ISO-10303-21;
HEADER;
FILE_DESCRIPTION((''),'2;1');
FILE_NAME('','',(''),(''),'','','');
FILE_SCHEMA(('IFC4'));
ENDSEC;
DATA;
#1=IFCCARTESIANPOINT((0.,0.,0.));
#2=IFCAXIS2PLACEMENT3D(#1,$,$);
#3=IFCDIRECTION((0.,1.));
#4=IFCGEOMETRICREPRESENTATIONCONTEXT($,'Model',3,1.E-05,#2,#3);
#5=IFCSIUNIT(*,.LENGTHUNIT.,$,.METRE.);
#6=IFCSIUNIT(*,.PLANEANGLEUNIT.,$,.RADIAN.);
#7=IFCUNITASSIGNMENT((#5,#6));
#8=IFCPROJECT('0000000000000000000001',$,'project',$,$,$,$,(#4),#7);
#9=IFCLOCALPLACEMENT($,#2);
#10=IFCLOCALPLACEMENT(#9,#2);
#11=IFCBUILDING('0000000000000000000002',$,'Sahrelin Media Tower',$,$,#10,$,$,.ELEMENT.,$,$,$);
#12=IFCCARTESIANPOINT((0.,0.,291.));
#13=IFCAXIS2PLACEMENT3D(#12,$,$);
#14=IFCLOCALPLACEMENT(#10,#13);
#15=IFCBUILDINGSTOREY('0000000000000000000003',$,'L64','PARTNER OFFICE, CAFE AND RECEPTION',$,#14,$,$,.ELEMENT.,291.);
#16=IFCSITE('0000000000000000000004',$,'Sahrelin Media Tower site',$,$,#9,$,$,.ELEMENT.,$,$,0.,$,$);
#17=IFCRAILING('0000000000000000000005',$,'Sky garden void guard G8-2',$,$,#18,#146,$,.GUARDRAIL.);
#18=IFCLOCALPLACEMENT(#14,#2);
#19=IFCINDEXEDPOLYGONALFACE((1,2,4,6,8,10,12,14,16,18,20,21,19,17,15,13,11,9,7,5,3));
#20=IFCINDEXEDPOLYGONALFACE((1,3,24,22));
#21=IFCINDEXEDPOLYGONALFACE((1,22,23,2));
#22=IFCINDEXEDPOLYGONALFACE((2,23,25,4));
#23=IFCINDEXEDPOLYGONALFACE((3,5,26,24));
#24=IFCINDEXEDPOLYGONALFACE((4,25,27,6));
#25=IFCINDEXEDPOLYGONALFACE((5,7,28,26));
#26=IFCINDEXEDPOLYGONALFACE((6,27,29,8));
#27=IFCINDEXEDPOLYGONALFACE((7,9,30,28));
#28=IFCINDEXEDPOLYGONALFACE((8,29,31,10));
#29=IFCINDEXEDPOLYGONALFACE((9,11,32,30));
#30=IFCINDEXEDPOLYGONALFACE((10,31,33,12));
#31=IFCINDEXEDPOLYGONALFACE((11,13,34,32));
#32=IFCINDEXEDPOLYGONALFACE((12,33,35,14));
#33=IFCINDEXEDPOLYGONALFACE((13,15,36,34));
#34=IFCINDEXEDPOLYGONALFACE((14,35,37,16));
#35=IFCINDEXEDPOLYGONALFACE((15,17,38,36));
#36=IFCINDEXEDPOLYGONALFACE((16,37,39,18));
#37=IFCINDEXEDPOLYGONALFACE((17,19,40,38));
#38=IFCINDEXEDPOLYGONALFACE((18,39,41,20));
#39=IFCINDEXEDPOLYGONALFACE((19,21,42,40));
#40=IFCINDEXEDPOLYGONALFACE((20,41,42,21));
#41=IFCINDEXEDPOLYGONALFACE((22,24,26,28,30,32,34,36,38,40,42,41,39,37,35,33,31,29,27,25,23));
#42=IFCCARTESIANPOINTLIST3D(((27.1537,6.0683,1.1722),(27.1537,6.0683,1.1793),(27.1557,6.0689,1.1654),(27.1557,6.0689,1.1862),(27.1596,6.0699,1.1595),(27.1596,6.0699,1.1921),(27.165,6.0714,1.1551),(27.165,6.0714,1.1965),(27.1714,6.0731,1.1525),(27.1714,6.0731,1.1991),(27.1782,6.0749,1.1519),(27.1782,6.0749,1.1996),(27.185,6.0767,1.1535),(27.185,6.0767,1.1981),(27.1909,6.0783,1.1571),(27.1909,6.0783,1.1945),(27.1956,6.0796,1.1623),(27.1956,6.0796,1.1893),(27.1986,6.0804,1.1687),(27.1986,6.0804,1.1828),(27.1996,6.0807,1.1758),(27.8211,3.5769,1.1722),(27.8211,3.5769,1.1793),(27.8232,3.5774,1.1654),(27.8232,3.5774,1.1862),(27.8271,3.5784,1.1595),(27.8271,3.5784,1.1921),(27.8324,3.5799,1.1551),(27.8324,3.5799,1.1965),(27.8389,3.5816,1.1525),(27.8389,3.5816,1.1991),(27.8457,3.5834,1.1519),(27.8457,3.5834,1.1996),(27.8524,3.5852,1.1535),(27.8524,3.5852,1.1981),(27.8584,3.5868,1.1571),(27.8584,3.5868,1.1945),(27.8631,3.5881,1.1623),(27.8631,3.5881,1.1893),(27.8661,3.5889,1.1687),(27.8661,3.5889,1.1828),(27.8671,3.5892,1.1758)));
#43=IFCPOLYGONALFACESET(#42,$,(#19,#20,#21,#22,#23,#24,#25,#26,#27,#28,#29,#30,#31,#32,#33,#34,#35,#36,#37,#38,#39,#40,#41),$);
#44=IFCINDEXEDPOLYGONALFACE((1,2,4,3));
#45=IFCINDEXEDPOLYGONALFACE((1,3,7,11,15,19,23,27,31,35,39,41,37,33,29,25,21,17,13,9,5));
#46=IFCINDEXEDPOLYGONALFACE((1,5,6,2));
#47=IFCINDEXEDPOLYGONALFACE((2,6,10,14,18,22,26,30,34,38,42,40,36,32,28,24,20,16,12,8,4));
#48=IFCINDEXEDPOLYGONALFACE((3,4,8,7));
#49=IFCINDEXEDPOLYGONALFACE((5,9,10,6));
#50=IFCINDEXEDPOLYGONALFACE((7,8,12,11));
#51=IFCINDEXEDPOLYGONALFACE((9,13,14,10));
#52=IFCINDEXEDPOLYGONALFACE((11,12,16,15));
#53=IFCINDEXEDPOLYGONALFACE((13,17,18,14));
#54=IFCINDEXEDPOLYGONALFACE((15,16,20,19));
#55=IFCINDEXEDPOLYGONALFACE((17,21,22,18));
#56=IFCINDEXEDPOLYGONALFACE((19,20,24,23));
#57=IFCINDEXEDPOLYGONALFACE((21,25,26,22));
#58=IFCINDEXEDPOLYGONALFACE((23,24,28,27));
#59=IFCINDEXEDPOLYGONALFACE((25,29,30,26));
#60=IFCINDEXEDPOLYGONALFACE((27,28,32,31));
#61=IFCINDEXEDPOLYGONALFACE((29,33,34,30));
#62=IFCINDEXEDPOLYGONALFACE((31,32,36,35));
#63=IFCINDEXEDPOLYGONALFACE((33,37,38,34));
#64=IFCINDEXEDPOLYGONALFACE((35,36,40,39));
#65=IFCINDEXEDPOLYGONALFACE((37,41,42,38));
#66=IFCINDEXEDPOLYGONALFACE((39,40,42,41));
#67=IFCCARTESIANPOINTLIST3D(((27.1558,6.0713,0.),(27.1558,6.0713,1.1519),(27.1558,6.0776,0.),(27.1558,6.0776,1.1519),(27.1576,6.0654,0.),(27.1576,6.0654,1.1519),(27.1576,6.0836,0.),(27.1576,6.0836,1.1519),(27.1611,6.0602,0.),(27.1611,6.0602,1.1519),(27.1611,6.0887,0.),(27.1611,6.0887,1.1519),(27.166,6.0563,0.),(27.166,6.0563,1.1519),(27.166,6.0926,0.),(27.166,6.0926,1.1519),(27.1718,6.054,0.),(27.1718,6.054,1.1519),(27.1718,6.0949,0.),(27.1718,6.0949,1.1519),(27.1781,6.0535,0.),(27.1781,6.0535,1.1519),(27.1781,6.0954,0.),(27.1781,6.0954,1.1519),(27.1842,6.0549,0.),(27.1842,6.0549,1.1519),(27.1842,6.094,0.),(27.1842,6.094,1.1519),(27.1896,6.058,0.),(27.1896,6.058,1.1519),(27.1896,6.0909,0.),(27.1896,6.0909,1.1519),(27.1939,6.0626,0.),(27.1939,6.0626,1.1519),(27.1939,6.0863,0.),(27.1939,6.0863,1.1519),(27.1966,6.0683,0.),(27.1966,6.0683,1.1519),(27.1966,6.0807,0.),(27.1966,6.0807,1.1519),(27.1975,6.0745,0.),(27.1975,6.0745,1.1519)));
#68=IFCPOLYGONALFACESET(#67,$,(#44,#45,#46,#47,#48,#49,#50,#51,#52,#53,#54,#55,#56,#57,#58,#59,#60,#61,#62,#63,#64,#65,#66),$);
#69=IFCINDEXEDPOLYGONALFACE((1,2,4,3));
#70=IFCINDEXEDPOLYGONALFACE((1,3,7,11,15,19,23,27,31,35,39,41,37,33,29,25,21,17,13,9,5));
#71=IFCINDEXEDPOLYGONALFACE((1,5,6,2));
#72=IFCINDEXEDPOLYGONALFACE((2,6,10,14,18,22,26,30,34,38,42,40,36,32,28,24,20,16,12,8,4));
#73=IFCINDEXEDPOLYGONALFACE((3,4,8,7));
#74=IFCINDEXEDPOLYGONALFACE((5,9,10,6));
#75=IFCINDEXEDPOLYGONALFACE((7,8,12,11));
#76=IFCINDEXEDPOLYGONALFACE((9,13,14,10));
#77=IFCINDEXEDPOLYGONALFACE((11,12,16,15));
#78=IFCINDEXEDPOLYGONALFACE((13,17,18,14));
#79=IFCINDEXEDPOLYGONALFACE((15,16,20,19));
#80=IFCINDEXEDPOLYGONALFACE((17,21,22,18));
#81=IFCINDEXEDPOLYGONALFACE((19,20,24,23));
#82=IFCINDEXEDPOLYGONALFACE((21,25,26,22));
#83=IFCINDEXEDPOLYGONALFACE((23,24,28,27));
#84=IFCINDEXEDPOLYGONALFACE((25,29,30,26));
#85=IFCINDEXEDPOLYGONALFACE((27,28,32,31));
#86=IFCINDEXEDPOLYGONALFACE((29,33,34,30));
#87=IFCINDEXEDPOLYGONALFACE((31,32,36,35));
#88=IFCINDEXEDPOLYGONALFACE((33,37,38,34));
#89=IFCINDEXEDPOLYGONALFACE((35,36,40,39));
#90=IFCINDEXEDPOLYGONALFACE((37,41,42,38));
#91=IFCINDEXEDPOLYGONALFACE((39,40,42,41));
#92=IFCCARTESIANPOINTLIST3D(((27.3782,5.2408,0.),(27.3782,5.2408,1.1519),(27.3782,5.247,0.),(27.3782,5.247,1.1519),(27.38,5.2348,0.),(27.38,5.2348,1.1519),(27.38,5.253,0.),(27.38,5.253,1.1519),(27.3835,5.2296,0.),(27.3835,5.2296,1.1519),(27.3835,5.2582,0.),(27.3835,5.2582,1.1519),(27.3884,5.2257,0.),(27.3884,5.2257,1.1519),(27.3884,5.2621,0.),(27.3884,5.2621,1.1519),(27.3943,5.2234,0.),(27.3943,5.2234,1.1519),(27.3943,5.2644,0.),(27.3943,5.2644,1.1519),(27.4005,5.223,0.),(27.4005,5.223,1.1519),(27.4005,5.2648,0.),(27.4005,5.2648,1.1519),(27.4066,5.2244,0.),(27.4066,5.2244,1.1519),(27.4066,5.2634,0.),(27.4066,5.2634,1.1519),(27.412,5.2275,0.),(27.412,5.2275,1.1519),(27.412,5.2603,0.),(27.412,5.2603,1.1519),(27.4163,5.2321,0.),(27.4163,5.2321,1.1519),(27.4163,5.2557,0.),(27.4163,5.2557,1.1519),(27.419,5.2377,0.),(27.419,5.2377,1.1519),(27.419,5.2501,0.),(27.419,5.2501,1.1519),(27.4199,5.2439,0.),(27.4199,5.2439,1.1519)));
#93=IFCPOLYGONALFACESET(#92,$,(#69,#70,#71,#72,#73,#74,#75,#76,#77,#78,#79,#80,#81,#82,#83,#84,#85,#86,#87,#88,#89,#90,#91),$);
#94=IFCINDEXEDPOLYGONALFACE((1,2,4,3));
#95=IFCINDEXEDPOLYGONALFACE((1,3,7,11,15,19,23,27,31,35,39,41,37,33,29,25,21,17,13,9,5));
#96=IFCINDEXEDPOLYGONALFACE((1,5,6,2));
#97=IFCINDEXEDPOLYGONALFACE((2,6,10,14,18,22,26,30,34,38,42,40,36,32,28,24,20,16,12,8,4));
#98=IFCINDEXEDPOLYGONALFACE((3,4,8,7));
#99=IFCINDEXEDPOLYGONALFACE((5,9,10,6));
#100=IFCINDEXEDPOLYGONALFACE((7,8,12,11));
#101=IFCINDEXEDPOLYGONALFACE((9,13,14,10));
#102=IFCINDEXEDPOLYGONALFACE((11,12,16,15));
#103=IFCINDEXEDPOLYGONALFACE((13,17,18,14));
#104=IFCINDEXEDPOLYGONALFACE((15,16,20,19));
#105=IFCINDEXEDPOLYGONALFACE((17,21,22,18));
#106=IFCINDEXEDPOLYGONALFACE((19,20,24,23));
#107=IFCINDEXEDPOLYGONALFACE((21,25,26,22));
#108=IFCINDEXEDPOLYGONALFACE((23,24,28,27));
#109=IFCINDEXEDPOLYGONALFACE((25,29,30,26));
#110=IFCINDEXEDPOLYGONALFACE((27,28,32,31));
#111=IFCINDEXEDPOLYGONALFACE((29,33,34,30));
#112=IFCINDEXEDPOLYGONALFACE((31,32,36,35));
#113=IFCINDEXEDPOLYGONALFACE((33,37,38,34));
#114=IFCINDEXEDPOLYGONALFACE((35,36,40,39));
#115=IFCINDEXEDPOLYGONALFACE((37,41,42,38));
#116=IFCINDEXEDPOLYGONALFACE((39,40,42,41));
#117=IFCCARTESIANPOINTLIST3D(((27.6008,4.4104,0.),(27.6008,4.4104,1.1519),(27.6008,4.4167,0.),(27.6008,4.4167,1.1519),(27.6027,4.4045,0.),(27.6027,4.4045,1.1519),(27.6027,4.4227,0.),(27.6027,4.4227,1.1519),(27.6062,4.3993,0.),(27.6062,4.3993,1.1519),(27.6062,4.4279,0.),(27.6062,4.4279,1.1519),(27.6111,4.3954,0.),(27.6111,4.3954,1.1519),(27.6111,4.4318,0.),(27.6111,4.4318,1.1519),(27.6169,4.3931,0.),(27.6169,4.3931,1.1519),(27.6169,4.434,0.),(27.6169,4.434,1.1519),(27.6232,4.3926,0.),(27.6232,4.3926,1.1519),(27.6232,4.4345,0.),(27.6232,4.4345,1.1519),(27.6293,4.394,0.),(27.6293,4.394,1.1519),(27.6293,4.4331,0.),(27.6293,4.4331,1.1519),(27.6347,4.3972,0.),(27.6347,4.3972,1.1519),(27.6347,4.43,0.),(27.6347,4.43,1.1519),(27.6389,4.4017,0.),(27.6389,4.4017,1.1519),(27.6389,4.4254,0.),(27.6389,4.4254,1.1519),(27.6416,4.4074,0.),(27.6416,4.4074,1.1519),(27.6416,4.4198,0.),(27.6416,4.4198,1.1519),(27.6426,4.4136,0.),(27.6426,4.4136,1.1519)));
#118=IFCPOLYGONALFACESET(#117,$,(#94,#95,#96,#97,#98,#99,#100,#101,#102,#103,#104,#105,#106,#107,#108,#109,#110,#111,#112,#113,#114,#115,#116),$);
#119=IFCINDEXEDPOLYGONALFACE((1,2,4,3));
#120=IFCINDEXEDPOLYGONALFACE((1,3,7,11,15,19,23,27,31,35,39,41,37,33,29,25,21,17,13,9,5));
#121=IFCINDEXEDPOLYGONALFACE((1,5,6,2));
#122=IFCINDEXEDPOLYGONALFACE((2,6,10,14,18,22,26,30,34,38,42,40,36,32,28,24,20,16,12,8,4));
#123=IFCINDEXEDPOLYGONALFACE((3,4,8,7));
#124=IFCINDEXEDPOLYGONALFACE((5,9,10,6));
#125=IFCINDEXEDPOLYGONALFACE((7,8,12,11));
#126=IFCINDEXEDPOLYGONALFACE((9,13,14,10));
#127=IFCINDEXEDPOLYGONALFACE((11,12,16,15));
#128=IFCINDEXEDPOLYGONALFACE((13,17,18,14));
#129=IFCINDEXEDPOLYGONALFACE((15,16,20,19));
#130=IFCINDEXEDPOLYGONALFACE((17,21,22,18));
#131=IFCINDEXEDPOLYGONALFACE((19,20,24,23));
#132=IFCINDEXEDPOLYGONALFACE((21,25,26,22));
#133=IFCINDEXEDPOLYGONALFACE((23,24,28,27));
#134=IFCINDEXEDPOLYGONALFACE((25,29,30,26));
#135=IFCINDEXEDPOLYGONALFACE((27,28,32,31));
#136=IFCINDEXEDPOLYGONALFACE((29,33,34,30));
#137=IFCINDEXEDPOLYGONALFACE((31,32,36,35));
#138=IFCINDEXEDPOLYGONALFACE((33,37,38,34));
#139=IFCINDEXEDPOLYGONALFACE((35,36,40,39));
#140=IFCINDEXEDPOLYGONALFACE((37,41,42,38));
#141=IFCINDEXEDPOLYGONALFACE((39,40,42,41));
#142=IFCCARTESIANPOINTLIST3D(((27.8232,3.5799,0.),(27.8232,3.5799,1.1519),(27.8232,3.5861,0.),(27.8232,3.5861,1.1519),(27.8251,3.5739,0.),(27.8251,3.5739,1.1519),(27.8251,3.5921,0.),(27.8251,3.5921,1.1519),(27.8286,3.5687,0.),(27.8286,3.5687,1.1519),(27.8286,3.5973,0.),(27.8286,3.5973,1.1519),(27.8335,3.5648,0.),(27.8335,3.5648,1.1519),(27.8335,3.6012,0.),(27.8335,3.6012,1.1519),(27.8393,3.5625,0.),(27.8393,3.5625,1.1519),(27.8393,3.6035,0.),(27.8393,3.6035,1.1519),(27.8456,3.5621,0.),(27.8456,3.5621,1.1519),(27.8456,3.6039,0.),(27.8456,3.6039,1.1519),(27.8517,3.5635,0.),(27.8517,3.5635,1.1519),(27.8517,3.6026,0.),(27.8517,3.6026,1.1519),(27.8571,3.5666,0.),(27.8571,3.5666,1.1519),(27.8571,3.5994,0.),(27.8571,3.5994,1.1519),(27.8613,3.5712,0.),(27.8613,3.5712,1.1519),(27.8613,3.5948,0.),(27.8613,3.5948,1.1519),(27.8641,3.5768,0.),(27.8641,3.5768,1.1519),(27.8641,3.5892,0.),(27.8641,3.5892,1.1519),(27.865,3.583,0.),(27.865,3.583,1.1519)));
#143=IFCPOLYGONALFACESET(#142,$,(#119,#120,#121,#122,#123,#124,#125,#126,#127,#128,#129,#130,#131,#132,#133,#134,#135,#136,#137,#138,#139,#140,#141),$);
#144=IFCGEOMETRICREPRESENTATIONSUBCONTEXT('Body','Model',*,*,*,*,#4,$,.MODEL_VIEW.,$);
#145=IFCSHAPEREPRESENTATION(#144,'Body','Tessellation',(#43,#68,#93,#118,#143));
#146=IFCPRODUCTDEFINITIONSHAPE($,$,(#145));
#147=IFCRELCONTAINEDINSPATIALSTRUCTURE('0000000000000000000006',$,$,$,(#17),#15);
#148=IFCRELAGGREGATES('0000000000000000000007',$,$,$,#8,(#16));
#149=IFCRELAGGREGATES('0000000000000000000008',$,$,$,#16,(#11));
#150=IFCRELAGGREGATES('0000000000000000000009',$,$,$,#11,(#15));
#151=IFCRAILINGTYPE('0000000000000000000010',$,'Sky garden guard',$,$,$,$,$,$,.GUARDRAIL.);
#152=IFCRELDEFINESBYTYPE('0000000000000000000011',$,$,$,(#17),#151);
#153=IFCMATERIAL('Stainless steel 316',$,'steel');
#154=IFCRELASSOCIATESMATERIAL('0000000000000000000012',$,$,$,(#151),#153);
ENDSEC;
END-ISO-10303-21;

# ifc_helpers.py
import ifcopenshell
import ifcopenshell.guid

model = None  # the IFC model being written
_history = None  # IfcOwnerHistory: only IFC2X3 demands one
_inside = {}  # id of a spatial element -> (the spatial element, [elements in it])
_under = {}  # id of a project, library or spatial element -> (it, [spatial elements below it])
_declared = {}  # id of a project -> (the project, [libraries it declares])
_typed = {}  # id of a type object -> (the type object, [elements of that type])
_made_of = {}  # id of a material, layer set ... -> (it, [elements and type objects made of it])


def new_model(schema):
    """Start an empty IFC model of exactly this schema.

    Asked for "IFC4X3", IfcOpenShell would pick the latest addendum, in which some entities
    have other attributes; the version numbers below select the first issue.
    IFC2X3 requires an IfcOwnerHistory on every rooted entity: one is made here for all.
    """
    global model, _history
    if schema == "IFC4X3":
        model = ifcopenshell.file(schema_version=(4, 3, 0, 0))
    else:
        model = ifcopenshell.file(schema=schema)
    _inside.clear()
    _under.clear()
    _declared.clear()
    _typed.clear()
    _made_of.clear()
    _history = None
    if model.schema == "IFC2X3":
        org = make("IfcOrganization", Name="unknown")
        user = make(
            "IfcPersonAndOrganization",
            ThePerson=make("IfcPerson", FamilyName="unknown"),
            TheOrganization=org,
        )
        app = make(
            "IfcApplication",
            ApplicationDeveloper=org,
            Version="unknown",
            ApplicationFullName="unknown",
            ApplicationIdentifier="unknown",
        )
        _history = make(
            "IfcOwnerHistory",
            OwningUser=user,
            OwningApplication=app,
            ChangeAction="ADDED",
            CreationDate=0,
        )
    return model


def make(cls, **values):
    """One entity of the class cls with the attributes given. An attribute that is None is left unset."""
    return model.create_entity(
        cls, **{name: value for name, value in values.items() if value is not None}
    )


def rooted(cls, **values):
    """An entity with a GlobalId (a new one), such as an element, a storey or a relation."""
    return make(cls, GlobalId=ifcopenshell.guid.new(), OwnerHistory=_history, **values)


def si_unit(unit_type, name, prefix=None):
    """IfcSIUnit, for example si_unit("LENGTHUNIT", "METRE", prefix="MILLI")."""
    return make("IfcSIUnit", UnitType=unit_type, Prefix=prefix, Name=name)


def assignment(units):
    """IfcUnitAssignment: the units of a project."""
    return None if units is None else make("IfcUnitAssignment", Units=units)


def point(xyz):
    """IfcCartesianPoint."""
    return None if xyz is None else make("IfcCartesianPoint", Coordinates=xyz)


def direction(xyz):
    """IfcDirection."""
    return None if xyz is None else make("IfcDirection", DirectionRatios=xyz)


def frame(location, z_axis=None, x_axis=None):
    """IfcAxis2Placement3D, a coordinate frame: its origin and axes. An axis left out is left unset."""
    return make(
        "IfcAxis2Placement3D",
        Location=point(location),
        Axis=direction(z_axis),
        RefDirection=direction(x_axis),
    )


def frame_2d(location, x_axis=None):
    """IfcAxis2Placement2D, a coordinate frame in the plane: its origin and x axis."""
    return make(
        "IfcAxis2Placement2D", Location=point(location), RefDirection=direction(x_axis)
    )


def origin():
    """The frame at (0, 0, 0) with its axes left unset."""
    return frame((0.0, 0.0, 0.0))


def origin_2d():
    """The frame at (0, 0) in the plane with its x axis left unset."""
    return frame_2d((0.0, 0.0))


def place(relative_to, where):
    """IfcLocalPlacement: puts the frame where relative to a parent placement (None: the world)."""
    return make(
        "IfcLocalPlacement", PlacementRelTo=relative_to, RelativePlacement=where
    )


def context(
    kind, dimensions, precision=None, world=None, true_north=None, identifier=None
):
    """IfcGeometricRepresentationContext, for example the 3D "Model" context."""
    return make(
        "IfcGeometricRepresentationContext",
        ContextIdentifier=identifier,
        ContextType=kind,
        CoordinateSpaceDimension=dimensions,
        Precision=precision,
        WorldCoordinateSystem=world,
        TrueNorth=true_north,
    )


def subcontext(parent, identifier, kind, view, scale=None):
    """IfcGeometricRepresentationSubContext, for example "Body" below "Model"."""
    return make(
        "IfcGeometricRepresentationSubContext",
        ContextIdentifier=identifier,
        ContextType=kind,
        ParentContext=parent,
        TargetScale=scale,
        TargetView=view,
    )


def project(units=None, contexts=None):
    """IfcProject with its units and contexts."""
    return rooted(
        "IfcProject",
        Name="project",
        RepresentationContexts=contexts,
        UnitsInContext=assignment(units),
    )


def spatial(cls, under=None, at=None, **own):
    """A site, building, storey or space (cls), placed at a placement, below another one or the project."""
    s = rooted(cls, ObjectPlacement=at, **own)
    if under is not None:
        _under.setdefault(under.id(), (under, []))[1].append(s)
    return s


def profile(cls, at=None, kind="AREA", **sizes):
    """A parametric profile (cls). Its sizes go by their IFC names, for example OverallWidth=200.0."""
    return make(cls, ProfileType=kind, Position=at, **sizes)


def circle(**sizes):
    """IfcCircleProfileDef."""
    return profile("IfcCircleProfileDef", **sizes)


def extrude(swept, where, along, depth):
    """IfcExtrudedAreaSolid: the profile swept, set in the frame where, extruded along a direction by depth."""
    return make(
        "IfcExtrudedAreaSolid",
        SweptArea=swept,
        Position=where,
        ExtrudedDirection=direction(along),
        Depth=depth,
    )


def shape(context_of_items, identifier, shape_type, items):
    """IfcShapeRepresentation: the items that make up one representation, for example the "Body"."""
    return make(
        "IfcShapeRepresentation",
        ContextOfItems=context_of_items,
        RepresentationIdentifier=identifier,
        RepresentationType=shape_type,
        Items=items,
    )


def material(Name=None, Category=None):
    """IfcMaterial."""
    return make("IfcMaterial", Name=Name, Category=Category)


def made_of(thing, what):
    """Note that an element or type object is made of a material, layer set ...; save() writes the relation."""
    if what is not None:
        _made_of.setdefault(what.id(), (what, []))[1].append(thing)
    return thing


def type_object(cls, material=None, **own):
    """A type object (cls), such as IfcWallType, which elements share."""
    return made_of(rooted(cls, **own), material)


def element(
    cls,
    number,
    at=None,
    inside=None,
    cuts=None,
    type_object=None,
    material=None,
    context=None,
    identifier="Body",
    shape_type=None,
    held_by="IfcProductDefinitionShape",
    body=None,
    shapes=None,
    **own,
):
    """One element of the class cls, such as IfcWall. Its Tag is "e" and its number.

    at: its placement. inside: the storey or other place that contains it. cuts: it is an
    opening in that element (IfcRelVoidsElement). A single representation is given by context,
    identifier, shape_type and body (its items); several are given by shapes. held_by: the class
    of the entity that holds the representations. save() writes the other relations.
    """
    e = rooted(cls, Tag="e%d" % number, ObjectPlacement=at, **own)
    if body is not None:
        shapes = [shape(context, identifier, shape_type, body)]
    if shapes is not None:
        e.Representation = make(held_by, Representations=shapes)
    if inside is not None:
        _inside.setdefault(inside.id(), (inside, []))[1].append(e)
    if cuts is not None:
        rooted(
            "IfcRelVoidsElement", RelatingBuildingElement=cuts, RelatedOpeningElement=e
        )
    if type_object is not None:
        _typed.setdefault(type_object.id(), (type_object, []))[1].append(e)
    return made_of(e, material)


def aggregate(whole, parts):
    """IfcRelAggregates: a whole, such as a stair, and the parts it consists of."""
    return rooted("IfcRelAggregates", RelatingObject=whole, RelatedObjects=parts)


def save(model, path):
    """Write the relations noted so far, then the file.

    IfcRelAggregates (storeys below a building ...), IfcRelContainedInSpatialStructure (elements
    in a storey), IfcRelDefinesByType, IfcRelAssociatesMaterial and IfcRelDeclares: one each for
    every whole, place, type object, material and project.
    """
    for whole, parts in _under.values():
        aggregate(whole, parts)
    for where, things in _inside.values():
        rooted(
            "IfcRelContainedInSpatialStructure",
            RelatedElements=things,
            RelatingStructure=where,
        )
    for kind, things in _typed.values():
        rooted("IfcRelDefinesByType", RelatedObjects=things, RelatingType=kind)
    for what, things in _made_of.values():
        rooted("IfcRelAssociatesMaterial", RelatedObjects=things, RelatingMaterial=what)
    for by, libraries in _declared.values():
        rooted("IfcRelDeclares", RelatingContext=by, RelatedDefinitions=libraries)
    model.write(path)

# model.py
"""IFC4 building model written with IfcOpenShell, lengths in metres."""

from ifc_helpers import new_model, si_unit, direction, frame, origin, origin_2d, place, context, subcontext, project, spatial, circle, extrude, material, type_object, element, save


model = new_model("IFC4")

# Units and contexts
model_context = context("Model", 3, precision=1e-05, world=origin(), true_north=direction((0.0, 1.0)))
body_context = subcontext(model_context, "Body", "Model", "MODEL_VIEW")
ifc_project = project(units=[si_unit("LENGTHUNIT", "METRE"), si_unit("PLANEANGLEUNIT", "RADIAN")], contexts=[model_context])

# Site, building, storey
site_placement = place(None, origin())
site = spatial("IfcSite", under=ifc_project, at=site_placement, Name="Sahrelin Media Tower site", CompositionType="ELEMENT", RefElevation=0.0)
building_placement = place(site_placement, origin())
building = spatial("IfcBuilding", under=site, at=building_placement, Name="Sahrelin Media Tower", CompositionType="ELEMENT")
storey_placement = place(building_placement, frame((0.0, 0.0, 291.0)))
storey = spatial("IfcBuildingStorey", under=building, at=storey_placement, Name="L64", Description="PARTNER OFFICE, CAFE AND RECEPTION", CompositionType="ELEMENT", Elevation=291.0)

# Railing
ifc_material_1 = material(Name="Stainless steel 316", Category="steel")
railing_type = type_object("IfcRailingType", Name="Sky garden guard", PredefinedType="GUARDRAIL", material=ifc_material_1)
railing_1_placement = place(storey_placement, frame((27.1765, 6.0745, 0.0)))
element("IfcRailing", 1, at=railing_1_placement, inside=storey, type_object=railing_type, Name="Sky garden void guard G8-2", PredefinedType="GUARDRAIL", context=body_context, shape_type="SweptSolid", body=[
    extrude(circle(Radius=0.0239, at=origin_2d()), frame((0.0, 0.0, 1.1758), z_axis=(0.258782, -0.965936, 0.0), x_axis=(0.965936, 0.258782, 0.0)), (0.0, 0.0, 1.0), 2.5793),
    extrude(circle(Radius=0.021, at=origin_2d()), origin(), (0.0, 0.0, 1.0), 1.1519),
    extrude(circle(Radius=0.021, at=origin_2d()), frame((0.2224, -0.8306, 0.0)), (0.0, 0.0, 1.0), 1.1519),
    extrude(circle(Radius=0.021, at=origin_2d()), frame((0.4451, -1.6609, 0.0)), (0.0, 0.0, 1.0), 1.1519),
    extrude(circle(Radius=0.021, at=origin_2d()), frame((0.6675, -2.4915, 0.0)), (0.0, 0.0, 1.0), 1.1519),
])

save(model, "model.ifc")
